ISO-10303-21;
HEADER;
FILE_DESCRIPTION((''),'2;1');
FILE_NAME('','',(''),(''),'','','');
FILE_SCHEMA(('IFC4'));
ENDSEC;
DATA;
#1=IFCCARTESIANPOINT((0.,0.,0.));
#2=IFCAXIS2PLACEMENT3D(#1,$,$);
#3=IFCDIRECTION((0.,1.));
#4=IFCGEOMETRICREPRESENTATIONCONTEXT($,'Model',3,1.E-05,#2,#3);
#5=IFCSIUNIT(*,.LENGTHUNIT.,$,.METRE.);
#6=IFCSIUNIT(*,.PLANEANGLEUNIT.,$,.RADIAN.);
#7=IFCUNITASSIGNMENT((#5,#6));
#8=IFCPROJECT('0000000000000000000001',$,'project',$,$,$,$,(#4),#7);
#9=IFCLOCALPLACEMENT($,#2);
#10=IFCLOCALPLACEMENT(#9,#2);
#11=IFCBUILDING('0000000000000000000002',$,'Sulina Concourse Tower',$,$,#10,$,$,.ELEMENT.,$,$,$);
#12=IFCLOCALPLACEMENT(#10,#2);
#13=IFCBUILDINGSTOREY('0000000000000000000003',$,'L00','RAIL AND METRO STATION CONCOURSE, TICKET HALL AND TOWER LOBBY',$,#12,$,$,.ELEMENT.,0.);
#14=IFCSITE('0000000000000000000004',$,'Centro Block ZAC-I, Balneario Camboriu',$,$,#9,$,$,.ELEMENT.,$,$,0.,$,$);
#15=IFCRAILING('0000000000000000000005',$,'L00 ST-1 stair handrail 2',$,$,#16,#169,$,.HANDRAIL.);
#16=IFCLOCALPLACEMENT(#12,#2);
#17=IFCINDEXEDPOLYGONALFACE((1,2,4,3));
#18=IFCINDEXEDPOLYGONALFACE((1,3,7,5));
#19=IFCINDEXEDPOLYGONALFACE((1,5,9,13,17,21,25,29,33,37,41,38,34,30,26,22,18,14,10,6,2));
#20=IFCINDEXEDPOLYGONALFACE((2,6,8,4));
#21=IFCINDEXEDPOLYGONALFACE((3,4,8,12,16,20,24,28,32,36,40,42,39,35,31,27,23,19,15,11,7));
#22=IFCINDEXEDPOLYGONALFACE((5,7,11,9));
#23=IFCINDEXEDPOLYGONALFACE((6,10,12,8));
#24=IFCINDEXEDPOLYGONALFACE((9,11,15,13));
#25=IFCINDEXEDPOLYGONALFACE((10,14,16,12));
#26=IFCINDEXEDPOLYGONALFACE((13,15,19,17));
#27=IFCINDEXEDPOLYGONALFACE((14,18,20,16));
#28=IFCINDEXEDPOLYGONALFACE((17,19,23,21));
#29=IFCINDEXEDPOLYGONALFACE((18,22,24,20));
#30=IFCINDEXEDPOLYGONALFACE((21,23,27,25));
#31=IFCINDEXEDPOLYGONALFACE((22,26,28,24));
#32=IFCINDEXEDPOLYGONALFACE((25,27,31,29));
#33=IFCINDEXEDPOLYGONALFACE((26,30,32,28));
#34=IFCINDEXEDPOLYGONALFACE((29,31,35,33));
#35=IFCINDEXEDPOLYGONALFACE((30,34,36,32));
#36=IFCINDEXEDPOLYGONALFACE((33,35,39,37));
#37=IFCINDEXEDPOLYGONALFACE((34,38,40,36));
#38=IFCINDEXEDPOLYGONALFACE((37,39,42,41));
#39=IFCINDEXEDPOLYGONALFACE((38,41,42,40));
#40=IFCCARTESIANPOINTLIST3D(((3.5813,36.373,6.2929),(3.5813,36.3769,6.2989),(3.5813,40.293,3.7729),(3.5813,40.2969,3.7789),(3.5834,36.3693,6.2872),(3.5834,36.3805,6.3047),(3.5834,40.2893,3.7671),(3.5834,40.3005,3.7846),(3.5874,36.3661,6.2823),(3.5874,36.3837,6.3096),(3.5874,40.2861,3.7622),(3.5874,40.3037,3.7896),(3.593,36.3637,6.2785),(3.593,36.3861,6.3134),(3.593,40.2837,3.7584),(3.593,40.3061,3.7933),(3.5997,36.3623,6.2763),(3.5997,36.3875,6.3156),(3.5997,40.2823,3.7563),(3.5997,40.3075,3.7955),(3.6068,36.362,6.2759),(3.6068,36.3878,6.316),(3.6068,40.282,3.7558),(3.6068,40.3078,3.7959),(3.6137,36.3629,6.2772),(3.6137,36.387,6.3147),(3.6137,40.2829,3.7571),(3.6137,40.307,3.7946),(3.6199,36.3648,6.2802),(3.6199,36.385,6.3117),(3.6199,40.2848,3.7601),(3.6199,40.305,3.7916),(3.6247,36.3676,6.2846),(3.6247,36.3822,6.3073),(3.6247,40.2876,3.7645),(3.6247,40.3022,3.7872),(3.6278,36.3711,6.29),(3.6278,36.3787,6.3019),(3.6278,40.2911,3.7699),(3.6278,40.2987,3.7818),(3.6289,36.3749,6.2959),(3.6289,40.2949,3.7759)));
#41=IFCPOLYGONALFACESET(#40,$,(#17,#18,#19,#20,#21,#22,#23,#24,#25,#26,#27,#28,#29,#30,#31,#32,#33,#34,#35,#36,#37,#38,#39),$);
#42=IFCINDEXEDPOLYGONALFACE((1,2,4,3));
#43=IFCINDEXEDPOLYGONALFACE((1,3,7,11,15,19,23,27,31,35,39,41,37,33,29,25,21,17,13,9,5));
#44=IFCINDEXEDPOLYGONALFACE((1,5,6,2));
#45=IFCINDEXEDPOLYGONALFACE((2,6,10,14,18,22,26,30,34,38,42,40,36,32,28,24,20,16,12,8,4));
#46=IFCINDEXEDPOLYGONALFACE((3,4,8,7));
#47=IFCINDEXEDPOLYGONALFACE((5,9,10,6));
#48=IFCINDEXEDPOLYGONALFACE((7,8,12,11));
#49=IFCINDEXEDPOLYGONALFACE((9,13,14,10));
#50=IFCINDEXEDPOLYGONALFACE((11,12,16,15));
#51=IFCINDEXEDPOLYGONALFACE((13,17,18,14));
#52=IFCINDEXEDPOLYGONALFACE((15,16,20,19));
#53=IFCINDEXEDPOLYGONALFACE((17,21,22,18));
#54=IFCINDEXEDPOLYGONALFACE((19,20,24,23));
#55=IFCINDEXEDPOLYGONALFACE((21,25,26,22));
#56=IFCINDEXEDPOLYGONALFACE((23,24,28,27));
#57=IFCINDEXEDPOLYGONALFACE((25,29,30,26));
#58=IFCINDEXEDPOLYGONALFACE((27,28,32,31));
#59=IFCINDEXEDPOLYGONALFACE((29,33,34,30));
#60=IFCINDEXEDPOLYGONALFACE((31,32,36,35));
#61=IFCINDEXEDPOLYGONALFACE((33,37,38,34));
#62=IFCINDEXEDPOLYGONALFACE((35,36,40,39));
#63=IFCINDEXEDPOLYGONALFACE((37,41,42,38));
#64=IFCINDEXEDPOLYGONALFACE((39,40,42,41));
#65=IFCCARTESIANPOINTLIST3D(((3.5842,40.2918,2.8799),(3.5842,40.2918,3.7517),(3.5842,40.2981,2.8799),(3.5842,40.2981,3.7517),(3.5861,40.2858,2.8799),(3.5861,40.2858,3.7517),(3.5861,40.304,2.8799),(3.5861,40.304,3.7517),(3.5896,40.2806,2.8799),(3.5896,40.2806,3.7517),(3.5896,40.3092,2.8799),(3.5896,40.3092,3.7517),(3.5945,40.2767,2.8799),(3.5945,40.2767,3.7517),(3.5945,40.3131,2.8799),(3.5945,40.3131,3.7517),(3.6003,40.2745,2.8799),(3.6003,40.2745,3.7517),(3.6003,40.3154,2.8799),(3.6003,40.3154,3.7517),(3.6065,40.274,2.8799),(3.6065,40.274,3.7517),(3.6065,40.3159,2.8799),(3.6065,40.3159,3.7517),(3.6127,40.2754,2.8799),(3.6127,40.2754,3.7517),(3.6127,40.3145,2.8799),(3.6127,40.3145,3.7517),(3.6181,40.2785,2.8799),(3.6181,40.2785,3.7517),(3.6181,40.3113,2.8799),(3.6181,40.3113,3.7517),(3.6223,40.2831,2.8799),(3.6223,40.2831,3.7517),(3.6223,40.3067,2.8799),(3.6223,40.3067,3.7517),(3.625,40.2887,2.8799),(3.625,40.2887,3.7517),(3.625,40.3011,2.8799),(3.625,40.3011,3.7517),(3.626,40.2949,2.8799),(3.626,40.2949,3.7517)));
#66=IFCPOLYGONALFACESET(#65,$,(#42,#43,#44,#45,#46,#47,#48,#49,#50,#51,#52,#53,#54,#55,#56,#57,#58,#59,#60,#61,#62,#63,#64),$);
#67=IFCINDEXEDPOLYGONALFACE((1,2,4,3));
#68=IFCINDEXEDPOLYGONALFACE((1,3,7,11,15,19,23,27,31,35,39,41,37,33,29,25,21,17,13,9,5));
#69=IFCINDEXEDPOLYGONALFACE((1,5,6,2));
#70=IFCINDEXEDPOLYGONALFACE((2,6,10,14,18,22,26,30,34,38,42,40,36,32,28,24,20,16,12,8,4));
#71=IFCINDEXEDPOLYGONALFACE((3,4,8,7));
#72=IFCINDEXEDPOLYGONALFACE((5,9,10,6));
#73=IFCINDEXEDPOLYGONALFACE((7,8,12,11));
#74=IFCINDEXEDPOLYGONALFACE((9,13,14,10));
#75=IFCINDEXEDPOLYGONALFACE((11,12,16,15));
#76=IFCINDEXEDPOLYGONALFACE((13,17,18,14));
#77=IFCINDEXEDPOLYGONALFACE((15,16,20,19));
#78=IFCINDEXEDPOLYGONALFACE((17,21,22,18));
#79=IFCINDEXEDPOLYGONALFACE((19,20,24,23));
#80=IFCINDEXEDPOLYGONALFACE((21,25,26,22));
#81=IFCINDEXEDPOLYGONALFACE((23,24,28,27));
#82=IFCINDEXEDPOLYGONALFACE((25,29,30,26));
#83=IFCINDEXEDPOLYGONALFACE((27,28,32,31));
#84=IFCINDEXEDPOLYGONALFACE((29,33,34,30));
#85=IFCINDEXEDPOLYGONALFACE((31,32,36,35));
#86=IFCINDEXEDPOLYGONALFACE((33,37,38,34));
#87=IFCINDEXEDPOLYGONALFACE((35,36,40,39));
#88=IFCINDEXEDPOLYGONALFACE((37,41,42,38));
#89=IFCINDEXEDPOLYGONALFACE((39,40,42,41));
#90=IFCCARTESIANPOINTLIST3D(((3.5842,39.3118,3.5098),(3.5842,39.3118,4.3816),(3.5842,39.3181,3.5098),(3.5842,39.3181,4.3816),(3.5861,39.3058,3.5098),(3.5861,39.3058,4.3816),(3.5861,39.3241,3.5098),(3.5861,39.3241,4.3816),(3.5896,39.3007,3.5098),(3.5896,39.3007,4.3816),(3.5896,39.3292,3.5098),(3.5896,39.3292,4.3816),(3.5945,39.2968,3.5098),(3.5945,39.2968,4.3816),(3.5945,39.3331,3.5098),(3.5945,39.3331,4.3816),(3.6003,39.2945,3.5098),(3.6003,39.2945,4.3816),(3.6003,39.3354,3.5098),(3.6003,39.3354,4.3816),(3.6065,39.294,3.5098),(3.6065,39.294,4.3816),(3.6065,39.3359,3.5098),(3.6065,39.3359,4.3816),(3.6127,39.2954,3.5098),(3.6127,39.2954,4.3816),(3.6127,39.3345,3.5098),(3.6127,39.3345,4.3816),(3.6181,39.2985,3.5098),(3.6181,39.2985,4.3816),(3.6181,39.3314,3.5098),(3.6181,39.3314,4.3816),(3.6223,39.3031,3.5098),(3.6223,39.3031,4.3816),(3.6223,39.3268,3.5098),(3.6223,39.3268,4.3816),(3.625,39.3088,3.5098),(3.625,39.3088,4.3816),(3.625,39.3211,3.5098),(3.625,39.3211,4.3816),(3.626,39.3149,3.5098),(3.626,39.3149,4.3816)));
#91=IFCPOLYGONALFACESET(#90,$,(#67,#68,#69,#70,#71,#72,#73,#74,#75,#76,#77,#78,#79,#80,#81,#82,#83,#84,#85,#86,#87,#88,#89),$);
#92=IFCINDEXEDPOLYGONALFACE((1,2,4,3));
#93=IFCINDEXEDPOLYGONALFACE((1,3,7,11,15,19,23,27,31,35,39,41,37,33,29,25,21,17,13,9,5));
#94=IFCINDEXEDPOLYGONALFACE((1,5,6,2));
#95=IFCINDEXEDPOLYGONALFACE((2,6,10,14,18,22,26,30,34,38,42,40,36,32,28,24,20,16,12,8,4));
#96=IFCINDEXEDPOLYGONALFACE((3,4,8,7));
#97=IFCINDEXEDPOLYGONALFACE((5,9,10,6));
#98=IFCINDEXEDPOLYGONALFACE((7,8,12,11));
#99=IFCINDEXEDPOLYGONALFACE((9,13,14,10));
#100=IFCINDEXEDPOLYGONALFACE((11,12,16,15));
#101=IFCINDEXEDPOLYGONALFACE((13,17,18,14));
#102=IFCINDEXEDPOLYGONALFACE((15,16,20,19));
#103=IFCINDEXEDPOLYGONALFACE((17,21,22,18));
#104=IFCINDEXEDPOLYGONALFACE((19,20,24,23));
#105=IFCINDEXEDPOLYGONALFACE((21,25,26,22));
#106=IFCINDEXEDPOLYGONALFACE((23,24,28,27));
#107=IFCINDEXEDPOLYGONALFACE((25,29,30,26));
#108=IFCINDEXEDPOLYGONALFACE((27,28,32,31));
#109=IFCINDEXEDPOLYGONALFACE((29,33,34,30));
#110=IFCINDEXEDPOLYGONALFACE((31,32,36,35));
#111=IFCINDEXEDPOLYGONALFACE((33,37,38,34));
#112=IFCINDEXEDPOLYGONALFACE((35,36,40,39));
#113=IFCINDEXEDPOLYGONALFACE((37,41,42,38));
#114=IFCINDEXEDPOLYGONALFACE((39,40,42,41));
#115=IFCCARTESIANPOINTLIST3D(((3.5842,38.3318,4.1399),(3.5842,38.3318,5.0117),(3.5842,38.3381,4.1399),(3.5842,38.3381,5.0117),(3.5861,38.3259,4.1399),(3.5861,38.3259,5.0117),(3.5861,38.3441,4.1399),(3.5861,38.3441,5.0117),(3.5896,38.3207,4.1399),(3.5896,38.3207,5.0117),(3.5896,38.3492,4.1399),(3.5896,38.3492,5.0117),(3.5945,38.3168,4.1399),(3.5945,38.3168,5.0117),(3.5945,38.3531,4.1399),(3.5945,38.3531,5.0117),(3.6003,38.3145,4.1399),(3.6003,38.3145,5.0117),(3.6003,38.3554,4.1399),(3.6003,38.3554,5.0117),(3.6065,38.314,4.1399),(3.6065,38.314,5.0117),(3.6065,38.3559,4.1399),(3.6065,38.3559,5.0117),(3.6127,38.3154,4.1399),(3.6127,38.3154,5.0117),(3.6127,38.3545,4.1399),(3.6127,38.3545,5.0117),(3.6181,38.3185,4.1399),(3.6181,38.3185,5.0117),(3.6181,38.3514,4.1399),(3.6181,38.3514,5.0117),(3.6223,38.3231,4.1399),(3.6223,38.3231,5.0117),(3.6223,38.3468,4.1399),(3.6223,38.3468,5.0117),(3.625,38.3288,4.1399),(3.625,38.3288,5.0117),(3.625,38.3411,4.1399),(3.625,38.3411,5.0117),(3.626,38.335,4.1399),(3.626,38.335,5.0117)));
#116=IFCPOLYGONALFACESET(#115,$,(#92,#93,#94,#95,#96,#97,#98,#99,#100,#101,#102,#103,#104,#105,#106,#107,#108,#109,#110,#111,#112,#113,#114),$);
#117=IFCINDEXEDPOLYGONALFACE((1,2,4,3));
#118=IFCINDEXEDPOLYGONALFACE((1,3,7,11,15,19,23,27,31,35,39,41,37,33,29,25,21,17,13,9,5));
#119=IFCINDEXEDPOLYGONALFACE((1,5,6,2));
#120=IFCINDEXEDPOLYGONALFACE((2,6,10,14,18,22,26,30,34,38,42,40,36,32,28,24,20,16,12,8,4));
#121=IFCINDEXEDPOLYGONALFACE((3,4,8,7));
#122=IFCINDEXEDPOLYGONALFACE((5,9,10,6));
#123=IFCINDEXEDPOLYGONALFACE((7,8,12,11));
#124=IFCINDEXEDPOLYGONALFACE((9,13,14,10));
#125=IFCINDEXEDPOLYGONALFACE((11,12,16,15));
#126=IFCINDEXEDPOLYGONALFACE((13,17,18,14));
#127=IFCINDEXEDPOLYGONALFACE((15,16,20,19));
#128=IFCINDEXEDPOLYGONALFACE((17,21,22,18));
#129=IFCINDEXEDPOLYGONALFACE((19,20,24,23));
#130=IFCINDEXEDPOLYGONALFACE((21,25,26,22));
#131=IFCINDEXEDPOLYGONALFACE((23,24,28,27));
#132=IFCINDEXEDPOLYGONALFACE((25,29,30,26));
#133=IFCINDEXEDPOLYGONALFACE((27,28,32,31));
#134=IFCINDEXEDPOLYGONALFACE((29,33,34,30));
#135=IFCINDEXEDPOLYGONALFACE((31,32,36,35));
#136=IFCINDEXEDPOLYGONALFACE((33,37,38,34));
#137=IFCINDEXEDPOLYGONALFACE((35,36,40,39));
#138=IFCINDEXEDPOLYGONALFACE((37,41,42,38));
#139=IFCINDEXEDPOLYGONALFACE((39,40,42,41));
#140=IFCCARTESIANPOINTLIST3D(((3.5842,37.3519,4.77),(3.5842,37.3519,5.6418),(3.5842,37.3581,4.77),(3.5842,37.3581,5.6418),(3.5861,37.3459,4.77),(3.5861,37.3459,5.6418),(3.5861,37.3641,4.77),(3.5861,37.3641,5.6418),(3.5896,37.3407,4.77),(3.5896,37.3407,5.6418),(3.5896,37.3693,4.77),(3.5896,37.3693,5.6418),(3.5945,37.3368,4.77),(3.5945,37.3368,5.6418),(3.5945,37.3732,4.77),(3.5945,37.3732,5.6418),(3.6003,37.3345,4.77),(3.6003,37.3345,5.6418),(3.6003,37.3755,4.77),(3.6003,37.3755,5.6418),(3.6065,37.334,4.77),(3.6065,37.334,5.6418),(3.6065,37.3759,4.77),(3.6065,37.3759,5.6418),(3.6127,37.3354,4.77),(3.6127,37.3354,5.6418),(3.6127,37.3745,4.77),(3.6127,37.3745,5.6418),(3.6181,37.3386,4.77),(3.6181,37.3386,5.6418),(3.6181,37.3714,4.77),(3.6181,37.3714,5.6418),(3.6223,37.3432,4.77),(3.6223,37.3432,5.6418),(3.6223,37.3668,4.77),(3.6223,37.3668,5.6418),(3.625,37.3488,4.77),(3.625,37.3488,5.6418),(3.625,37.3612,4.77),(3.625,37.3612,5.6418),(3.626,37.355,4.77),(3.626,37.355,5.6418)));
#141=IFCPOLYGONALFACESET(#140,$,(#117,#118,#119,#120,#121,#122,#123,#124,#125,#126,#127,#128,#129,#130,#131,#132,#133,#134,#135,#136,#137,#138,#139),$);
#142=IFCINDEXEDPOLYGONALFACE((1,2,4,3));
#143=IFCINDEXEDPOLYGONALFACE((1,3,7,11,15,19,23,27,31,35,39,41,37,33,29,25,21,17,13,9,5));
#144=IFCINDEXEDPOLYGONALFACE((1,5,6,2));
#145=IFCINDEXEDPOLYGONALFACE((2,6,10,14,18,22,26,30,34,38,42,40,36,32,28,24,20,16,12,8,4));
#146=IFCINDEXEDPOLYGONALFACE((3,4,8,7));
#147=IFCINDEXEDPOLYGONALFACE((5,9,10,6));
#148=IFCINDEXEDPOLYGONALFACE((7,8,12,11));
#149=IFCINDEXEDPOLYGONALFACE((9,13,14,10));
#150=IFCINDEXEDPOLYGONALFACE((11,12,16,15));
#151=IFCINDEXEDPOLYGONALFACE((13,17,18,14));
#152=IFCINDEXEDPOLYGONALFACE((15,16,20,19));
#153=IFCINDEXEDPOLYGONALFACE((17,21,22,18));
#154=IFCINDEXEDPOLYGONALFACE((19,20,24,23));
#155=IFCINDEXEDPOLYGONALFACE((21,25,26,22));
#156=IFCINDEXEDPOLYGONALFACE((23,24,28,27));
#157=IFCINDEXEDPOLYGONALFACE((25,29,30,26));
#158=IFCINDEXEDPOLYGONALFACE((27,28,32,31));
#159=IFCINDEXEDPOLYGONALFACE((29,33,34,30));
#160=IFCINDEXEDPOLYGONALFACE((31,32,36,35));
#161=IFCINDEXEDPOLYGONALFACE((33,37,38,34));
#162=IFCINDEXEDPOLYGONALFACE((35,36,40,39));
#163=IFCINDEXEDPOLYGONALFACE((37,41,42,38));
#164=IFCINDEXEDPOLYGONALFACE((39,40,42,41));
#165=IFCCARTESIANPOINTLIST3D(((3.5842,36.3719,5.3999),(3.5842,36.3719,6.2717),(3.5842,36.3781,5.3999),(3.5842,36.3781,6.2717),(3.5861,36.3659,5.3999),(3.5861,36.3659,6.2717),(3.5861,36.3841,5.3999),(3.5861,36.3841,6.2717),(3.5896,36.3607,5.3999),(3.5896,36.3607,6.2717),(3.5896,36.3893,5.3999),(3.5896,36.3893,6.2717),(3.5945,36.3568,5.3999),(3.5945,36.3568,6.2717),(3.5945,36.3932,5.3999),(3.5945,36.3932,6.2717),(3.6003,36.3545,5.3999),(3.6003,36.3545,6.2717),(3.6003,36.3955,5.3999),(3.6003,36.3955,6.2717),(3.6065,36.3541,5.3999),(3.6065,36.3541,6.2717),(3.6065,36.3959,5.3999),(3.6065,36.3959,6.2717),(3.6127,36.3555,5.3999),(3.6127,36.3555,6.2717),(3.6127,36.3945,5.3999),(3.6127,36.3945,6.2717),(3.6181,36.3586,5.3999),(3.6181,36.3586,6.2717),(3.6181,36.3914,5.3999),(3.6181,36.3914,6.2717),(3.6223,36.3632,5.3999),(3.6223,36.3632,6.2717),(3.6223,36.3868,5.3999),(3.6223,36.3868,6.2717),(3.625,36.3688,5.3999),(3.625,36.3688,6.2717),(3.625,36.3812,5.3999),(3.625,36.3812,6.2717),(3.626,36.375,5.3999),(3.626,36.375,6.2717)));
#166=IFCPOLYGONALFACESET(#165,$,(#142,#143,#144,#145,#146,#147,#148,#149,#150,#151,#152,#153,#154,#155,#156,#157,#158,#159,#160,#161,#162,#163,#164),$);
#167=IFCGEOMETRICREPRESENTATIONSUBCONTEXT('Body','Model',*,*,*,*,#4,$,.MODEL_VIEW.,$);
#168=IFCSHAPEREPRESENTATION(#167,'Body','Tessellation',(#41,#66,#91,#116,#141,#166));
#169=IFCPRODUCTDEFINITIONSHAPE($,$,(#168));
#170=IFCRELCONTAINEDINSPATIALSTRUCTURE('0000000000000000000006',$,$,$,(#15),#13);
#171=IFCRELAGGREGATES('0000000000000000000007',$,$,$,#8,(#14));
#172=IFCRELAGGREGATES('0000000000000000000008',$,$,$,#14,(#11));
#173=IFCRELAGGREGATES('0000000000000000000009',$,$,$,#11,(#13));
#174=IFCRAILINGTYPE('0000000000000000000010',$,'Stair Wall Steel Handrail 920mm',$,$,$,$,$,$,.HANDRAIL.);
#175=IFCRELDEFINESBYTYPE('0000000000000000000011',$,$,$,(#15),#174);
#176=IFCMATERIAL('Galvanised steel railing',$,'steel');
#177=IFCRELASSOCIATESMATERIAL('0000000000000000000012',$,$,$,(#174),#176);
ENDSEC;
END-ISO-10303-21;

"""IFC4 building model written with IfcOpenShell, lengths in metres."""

from ifc_helpers import new_model, si_unit, direction, frame, origin, origin_2d, place, context, subcontext, project, spatial, circle, extrude, material, type_object, element, save


model = new_model("IFC4")

# Units and contexts
model_context = context("Model", 3, precision=1e-05, world=origin(), true_north=direction((0.0, 1.0)))
body_context = subcontext(model_context, "Body", "Model", "MODEL_VIEW")
ifc_project = project(units=[si_unit("LENGTHUNIT", "METRE"), si_unit("PLANEANGLEUNIT", "RADIAN")], contexts=[model_context])

# Site, building, storey
site_placement = place(None, origin())
site = spatial("IfcSite", under=ifc_project, at=site_placement, Name="Centro Block ZAC-I, Balneario Camboriu", CompositionType="ELEMENT", RefElevation=0.0)
building_placement = place(site_placement, origin())
building = spatial("IfcBuilding", under=site, at=building_placement, Name="Sulina Concourse Tower", CompositionType="ELEMENT")
storey_placement = place(building_placement, origin())
storey = spatial("IfcBuildingStorey", under=building, at=storey_placement, Name="L00", Description="RAIL AND METRO STATION CONCOURSE, TICKET HALL AND TOWER LOBBY", CompositionType="ELEMENT", Elevation=0.0)

# Railing
ifc_material_1 = material(Name="Galvanised steel railing", Category="steel")
railing_type_1 = type_object("IfcRailingType", Name="Stair Wall Steel Handrail 920mm", PredefinedType="HANDRAIL", material=ifc_material_1)
railing_1_placement = place(storey_placement, frame((3.605, 40.2949, 2.8799)))
element("IfcRailing", 1, at=railing_1_placement, inside=storey, type_object=railing_type_1, Name="L00 ST-1 stair handrail 2", PredefinedType="HANDRAIL", context=body_context, shape_type="SweptSolid", body=[
    extrude(circle(Radius=0.0239, at=origin_2d()), frame((0.0, 0.0, 0.896), z_axis=(0.0, -0.841172, 0.540768), x_axis=(1.0, 0.0, 0.0)), (0.0, 0.0, 1.0), 4.6602),
    extrude(circle(Radius=0.021, at=origin_2d()), origin(), (0.0, 0.0, 1.0), 0.8718),
    extrude(circle(Radius=0.021, at=origin_2d()), frame((0.0, -0.98, 0.6299)), (0.0, 0.0, 1.0), 0.8718),
    extrude(circle(Radius=0.021, at=origin_2d()), frame((0.0, -1.96, 1.26)), (0.0, 0.0, 1.0), 0.8718),
    extrude(circle(Radius=0.021, at=origin_2d()), frame((0.0, -2.9399, 1.8901)), (0.0, 0.0, 1.0), 0.8718),
    extrude(circle(Radius=0.021, at=origin_2d()), frame((0.0, -3.9199, 2.52)), (0.0, 0.0, 1.0), 0.8718),
])

save(model, "model.ifc")
